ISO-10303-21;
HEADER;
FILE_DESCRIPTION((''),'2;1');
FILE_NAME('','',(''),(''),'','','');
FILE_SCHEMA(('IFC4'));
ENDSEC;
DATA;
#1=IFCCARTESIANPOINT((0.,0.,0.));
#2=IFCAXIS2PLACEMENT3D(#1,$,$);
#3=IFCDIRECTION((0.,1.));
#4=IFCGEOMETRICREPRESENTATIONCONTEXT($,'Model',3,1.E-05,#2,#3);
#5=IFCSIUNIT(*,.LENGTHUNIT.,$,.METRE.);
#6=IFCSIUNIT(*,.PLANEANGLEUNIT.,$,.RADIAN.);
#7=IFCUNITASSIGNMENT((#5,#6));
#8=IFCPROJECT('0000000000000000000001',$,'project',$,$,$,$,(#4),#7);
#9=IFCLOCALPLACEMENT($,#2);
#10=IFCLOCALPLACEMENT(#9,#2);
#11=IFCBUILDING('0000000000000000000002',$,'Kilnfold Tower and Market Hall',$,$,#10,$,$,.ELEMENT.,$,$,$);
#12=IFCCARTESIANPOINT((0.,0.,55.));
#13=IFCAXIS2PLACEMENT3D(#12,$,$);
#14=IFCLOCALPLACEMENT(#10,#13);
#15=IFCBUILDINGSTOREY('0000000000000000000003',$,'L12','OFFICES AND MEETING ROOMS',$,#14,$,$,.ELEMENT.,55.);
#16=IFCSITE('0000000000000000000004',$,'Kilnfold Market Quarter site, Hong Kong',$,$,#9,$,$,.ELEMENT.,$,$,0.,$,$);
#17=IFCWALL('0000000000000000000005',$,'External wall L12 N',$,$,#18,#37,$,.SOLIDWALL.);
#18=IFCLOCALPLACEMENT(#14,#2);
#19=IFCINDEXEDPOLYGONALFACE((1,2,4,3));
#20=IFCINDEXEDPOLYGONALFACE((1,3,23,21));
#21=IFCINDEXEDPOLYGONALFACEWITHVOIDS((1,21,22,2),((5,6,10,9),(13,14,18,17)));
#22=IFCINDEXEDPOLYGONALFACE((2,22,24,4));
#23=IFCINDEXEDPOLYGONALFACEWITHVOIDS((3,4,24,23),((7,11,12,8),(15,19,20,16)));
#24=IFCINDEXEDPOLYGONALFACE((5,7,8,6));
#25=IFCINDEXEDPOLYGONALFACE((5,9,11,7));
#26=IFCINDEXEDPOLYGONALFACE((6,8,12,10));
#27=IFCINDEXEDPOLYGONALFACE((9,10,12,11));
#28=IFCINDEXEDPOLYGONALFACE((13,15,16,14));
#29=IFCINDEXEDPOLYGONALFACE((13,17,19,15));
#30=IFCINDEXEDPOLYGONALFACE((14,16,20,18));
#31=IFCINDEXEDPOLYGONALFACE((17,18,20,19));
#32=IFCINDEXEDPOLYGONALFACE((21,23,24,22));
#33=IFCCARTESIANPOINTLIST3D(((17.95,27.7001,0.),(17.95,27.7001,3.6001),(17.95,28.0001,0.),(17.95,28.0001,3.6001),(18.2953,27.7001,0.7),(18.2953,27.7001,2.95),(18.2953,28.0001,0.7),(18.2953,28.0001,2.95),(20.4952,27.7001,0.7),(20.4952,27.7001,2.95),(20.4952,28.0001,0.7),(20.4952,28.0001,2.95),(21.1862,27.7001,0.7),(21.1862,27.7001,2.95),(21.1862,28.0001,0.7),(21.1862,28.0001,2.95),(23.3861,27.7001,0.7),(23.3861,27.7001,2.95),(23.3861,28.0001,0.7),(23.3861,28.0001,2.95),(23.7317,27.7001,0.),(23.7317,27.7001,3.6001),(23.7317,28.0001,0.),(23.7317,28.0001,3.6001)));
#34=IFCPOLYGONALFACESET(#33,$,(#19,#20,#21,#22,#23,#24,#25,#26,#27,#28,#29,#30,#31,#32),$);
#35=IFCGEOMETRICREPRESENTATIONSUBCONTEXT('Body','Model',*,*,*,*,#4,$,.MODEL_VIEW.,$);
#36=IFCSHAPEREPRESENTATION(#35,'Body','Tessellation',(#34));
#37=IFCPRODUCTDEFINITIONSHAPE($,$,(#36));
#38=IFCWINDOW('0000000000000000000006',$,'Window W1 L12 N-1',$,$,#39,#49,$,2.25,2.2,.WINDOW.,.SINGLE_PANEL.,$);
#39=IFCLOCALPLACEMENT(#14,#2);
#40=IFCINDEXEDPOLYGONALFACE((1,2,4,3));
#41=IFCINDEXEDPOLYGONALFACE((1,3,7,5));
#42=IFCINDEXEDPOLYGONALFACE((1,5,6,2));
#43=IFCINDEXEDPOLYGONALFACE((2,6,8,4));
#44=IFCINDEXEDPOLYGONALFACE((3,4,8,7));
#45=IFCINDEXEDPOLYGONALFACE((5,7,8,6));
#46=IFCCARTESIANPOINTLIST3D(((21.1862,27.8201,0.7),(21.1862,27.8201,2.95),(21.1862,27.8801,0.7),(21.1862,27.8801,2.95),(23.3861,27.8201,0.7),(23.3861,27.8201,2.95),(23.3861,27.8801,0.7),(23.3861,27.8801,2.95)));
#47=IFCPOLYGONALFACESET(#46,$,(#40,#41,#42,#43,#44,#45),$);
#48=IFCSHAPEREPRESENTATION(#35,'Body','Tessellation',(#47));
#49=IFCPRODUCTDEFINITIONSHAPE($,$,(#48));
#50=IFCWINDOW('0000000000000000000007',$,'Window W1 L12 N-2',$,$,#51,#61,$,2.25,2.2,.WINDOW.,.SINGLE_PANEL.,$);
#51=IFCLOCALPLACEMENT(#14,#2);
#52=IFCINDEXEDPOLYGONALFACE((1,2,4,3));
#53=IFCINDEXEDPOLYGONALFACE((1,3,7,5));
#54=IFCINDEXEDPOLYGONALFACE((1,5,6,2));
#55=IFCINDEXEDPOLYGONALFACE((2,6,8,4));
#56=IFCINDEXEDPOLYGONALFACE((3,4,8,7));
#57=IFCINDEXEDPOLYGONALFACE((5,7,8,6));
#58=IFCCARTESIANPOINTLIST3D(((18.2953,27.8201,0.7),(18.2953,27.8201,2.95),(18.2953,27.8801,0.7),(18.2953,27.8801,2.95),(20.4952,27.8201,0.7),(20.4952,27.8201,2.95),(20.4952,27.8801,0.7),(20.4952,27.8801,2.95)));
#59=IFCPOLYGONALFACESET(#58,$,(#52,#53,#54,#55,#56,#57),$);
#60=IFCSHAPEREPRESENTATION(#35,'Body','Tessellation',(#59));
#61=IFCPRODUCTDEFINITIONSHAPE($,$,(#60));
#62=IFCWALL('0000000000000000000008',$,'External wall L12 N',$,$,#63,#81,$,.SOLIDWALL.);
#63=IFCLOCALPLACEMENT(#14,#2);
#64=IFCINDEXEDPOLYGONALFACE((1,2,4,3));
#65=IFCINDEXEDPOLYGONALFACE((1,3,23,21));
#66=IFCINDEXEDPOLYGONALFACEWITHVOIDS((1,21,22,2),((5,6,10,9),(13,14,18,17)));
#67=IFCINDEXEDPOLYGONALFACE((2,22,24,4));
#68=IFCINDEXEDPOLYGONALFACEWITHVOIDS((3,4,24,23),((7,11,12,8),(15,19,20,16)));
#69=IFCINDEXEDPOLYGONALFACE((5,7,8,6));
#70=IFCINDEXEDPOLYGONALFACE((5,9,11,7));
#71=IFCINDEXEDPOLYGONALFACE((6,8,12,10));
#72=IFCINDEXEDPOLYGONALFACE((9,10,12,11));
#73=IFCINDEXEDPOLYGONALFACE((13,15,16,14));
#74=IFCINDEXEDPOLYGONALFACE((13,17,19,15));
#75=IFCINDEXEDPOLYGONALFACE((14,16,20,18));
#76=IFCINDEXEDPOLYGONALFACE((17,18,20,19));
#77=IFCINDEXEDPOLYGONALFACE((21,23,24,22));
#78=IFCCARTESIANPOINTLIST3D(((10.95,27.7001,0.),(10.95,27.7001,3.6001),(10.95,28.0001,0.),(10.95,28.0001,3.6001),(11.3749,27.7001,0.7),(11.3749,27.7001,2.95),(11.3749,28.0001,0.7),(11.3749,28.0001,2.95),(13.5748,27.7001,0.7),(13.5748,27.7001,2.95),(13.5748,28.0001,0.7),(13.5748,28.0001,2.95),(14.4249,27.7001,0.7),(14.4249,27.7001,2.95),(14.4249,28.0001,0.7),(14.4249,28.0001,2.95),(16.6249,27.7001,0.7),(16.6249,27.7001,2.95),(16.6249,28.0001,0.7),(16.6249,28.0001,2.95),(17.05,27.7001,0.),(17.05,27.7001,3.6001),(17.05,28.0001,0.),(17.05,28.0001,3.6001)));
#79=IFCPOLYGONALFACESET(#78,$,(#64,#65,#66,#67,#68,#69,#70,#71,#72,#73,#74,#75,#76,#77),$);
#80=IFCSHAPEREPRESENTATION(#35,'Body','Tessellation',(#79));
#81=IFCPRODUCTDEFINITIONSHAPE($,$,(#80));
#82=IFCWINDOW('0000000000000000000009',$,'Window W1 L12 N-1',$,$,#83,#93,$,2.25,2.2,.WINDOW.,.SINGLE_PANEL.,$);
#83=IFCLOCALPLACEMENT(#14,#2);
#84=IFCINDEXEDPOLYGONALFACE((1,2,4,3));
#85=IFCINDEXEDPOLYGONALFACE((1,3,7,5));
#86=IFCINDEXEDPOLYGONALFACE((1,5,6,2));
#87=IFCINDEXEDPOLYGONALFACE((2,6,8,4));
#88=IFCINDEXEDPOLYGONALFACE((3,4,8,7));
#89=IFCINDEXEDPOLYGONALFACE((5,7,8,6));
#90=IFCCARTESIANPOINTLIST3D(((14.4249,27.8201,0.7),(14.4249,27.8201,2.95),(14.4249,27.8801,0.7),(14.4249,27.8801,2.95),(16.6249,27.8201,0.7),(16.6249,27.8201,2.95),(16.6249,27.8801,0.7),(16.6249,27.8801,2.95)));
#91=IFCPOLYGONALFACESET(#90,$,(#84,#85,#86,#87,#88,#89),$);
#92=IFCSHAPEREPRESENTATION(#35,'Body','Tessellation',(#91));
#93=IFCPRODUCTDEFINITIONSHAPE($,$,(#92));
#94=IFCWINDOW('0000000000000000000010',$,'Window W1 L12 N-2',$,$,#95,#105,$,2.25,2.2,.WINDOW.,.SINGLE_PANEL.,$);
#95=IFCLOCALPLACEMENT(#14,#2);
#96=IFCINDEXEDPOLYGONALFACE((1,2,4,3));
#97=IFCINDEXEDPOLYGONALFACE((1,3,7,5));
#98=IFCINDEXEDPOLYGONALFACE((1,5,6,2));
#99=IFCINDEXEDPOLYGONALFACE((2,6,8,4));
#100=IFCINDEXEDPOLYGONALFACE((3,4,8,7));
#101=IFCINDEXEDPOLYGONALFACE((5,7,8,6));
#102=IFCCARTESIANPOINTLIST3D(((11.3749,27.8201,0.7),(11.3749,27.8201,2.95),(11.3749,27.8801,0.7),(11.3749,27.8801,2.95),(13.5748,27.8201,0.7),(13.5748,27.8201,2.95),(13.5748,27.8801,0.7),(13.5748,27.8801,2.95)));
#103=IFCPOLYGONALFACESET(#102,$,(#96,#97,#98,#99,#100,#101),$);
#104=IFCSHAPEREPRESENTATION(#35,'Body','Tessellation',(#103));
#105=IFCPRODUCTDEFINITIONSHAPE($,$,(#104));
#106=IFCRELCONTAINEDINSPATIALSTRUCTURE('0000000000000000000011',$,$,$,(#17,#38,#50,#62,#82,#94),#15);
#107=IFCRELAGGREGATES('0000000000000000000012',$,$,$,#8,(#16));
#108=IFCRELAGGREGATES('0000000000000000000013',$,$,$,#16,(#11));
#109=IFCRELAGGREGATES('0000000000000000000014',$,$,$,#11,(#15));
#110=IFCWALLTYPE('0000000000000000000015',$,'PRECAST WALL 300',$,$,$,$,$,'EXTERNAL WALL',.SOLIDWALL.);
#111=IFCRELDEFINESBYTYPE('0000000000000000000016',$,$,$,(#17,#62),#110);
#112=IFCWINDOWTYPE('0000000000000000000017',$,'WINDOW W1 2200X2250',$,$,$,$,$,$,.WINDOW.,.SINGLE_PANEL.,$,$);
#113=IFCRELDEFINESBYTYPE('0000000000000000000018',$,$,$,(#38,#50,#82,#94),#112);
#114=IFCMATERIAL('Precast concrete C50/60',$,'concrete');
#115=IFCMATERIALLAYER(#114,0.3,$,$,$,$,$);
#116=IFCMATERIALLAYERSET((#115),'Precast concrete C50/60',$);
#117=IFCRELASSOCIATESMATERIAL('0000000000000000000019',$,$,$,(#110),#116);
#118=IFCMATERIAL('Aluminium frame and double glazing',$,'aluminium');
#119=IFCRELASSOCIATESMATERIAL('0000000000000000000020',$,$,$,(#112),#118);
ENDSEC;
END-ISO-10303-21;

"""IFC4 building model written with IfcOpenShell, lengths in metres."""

from ifc_helpers import new_model, si_unit, direction, frame, frame_2d, origin, place, context, subcontext, project, spatial, rectangle, extrude, source, transform, mapped, material, layer, layer_set, type_object, element, fill, save


model = new_model("IFC4")

# Units and contexts
model_context = context("Model", 3, precision=1e-05, world=origin(), true_north=direction((0.0, 1.0)))
body_context = subcontext(model_context, "Body", "Model", "MODEL_VIEW")
ifc_project = project(units=[si_unit("LENGTHUNIT", "METRE"), si_unit("PLANEANGLEUNIT", "RADIAN")], contexts=[model_context])

# Site, building, storey
site_placement = place(None, origin())
site = spatial("IfcSite", under=ifc_project, at=site_placement, Name="Kilnfold Market Quarter site, Hong Kong", CompositionType="ELEMENT", RefElevation=0.0)
building_placement = place(site_placement, origin())
building = spatial("IfcBuilding", under=site, at=building_placement, Name="Kilnfold Tower and Market Hall", CompositionType="ELEMENT")
storey_placement = place(building_placement, frame((0.0, 0.0, 55.0)))
storey = spatial("IfcBuildingStorey", under=building, at=storey_placement, Name="L12", Description="OFFICES AND MEETING ROOMS", CompositionType="ELEMENT", Elevation=55.0)

# Shared definitions
ifc_material_1 = material(Name="Precast concrete C50/60", Category="concrete")
ifc_layer_1 = layer(ifc_material_1, 0.3)
ifc_layer_set_1 = layer_set([ifc_layer_1], Name="Precast concrete C50/60")
wall_type_1 = type_object("IfcWallType", Name="PRECAST WALL 300", ElementType="EXTERNAL WALL", PredefinedType="SOLIDWALL", material=ifc_layer_set_1)

# Shared definitions
ifc_material_2 = material(Name="Aluminium frame and double glazing", Category="aluminium")
window_type = type_object("IfcWindowType", Name="WINDOW W1 2200X2250", PartitioningType="SINGLE_PANEL", PredefinedType="WINDOW", material=ifc_material_2)

# Walls, openings, windows
shared_shape_1 = source(origin(), body_context, "Body", "SweptSolid", [
    extrude(rectangle(XDim=5.7817, YDim=0.3, at=frame_2d((2.8909, 0.0))), origin(), (0.0, 0.0, 1.0), 3.6001),
])
wall_1_placement = place(storey_placement, frame((23.7317, 27.8501, 0.0), z_axis=(0.0, 0.0, 1.0), x_axis=(-1.0, 0.0, 0.0)))
wall_1 = element("IfcWall", 1, at=wall_1_placement, inside=storey, type_object=wall_type_1, Name="External wall L12 N", PredefinedType="SOLIDWALL", context=body_context, shape_type="MappedRepresentation", body=[
    mapped(shared_shape_1, transform((0.0, 0.0, 0.0))),
])
opening_1_placement = place(wall_1_placement, frame((0.3455, 0.0, 0.7)))
opening_1 = element("IfcOpeningElement", 2, at=opening_1_placement, cuts=wall_1, PredefinedType="OPENING", context=body_context, shape_type="SweptSolid", body=[
    extrude(rectangle(XDim=2.2, YDim=2.25, at=frame_2d((1.1001, 1.125))), frame((0.0, 0.1602, 0.0), z_axis=(0.0, -1.0, 0.0), x_axis=(1.0, 0.0, 0.0)), (0.0, 0.0, 1.0), 0.3201),
])
opening_2_placement = place(wall_1_placement, frame((3.2363, 0.0, 0.7)))
opening_2 = element("IfcOpeningElement", 3, at=opening_2_placement, cuts=wall_1, PredefinedType="OPENING", context=body_context, shape_type="SweptSolid", body=[
    extrude(rectangle(XDim=2.2, YDim=2.25, at=frame_2d((1.1001, 1.125))), frame((0.0, 0.1602, 0.0), z_axis=(0.0, -1.0, 0.0), x_axis=(1.0, 0.0, 0.0)), (0.0, 0.0, 1.0), 0.3201),
])
window_1_placement = place(opening_1_placement, origin())
window_1 = element("IfcWindow", 4, at=window_1_placement, inside=storey, type_object=window_type, Name="Window W1 L12 N-1", OverallHeight=2.25, OverallWidth=2.2, PartitioningType="SINGLE_PANEL", PredefinedType="WINDOW", context=body_context, shape_type="SweptSolid", body=[
    extrude(rectangle(XDim=2.2, YDim=2.25, at=frame_2d((1.1001, 1.125))), frame((0.0, 0.03, 0.0), z_axis=(0.0, -1.0, 0.0), x_axis=(1.0, 0.0, 0.0)), (0.0, 0.0, 1.0), 0.0601),
])
fill(opening_1, window_1)
window_2_placement = place(opening_2_placement, origin())
window_2 = element("IfcWindow", 5, at=window_2_placement, inside=storey, type_object=window_type, Name="Window W1 L12 N-2", OverallHeight=2.25, OverallWidth=2.2, PartitioningType="SINGLE_PANEL", PredefinedType="WINDOW", context=body_context, shape_type="SweptSolid", body=[
    extrude(rectangle(XDim=2.2, YDim=2.25, at=frame_2d((1.1001, 1.125))), frame((0.0, 0.03, 0.0), z_axis=(0.0, -1.0, 0.0), x_axis=(1.0, 0.0, 0.0)), (0.0, 0.0, 1.0), 0.0601),
])
fill(opening_2, window_2)
shared_shape_2 = source(origin(), body_context, "Body", "SweptSolid", [
    extrude(rectangle(XDim=6.1001, YDim=0.3, at=frame_2d((3.05, 0.0))), origin(), (0.0, 0.0, 1.0), 3.6001),
])
wall_2_placement = place(storey_placement, frame((17.05, 27.8501, 0.0), z_axis=(0.0, 0.0, 1.0), x_axis=(-1.0, 0.0, 0.0)))
wall_2 = element("IfcWall", 6, at=wall_2_placement, inside=storey, type_object=wall_type_1, Name="External wall L12 N", PredefinedType="SOLIDWALL", context=body_context, shape_type="MappedRepresentation", body=[
    mapped(shared_shape_2, transform((0.0, 0.0, 0.0))),
])
opening_3_placement = place(wall_2_placement, frame((0.425, 0.0, 0.7)))
opening_3 = element("IfcOpeningElement", 7, at=opening_3_placement, cuts=wall_2, PredefinedType="OPENING", context=body_context, shape_type="SweptSolid", body=[
    extrude(rectangle(XDim=2.2, YDim=2.25, at=frame_2d((1.1001, 1.125))), frame((0.0, 0.1602, 0.0), z_axis=(0.0, -1.0, 0.0), x_axis=(1.0, 0.0, 0.0)), (0.0, 0.0, 1.0), 0.3201),
])
opening_4_placement = place(wall_2_placement, frame((3.4751, 0.0, 0.7)))
opening_4 = element("IfcOpeningElement", 8, at=opening_4_placement, cuts=wall_2, PredefinedType="OPENING", context=body_context, shape_type="SweptSolid", body=[
    extrude(rectangle(XDim=2.2, YDim=2.25, at=frame_2d((1.1001, 1.125))), frame((0.0, 0.1602, 0.0), z_axis=(0.0, -1.0, 0.0), x_axis=(1.0, 0.0, 0.0)), (0.0, 0.0, 1.0), 0.3201),
])
window_3_placement = place(opening_3_placement, origin())
window_3 = element("IfcWindow", 9, at=window_3_placement, inside=storey, type_object=window_type, Name="Window W1 L12 N-1", OverallHeight=2.25, OverallWidth=2.2, PartitioningType="SINGLE_PANEL", PredefinedType="WINDOW", context=body_context, shape_type="SweptSolid", body=[
    extrude(rectangle(XDim=2.2, YDim=2.25, at=frame_2d((1.1001, 1.125))), frame((0.0, 0.03, 0.0), z_axis=(0.0, -1.0, 0.0), x_axis=(1.0, 0.0, 0.0)), (0.0, 0.0, 1.0), 0.0601),
])
fill(opening_3, window_3)
window_4_placement = place(opening_4_placement, origin())
window_4 = element("IfcWindow", 10, at=window_4_placement, inside=storey, type_object=window_type, Name="Window W1 L12 N-2", OverallHeight=2.25, OverallWidth=2.2, PartitioningType="SINGLE_PANEL", PredefinedType="WINDOW", context=body_context, shape_type="SweptSolid", body=[
    extrude(rectangle(XDim=2.2, YDim=2.25, at=frame_2d((1.1001, 1.125))), frame((0.0, 0.03, 0.0), z_axis=(0.0, -1.0, 0.0), x_axis=(1.0, 0.0, 0.0)), (0.0, 0.0, 1.0), 0.0601),
])
fill(opening_4, window_4)

save(model, "model.ifc")
